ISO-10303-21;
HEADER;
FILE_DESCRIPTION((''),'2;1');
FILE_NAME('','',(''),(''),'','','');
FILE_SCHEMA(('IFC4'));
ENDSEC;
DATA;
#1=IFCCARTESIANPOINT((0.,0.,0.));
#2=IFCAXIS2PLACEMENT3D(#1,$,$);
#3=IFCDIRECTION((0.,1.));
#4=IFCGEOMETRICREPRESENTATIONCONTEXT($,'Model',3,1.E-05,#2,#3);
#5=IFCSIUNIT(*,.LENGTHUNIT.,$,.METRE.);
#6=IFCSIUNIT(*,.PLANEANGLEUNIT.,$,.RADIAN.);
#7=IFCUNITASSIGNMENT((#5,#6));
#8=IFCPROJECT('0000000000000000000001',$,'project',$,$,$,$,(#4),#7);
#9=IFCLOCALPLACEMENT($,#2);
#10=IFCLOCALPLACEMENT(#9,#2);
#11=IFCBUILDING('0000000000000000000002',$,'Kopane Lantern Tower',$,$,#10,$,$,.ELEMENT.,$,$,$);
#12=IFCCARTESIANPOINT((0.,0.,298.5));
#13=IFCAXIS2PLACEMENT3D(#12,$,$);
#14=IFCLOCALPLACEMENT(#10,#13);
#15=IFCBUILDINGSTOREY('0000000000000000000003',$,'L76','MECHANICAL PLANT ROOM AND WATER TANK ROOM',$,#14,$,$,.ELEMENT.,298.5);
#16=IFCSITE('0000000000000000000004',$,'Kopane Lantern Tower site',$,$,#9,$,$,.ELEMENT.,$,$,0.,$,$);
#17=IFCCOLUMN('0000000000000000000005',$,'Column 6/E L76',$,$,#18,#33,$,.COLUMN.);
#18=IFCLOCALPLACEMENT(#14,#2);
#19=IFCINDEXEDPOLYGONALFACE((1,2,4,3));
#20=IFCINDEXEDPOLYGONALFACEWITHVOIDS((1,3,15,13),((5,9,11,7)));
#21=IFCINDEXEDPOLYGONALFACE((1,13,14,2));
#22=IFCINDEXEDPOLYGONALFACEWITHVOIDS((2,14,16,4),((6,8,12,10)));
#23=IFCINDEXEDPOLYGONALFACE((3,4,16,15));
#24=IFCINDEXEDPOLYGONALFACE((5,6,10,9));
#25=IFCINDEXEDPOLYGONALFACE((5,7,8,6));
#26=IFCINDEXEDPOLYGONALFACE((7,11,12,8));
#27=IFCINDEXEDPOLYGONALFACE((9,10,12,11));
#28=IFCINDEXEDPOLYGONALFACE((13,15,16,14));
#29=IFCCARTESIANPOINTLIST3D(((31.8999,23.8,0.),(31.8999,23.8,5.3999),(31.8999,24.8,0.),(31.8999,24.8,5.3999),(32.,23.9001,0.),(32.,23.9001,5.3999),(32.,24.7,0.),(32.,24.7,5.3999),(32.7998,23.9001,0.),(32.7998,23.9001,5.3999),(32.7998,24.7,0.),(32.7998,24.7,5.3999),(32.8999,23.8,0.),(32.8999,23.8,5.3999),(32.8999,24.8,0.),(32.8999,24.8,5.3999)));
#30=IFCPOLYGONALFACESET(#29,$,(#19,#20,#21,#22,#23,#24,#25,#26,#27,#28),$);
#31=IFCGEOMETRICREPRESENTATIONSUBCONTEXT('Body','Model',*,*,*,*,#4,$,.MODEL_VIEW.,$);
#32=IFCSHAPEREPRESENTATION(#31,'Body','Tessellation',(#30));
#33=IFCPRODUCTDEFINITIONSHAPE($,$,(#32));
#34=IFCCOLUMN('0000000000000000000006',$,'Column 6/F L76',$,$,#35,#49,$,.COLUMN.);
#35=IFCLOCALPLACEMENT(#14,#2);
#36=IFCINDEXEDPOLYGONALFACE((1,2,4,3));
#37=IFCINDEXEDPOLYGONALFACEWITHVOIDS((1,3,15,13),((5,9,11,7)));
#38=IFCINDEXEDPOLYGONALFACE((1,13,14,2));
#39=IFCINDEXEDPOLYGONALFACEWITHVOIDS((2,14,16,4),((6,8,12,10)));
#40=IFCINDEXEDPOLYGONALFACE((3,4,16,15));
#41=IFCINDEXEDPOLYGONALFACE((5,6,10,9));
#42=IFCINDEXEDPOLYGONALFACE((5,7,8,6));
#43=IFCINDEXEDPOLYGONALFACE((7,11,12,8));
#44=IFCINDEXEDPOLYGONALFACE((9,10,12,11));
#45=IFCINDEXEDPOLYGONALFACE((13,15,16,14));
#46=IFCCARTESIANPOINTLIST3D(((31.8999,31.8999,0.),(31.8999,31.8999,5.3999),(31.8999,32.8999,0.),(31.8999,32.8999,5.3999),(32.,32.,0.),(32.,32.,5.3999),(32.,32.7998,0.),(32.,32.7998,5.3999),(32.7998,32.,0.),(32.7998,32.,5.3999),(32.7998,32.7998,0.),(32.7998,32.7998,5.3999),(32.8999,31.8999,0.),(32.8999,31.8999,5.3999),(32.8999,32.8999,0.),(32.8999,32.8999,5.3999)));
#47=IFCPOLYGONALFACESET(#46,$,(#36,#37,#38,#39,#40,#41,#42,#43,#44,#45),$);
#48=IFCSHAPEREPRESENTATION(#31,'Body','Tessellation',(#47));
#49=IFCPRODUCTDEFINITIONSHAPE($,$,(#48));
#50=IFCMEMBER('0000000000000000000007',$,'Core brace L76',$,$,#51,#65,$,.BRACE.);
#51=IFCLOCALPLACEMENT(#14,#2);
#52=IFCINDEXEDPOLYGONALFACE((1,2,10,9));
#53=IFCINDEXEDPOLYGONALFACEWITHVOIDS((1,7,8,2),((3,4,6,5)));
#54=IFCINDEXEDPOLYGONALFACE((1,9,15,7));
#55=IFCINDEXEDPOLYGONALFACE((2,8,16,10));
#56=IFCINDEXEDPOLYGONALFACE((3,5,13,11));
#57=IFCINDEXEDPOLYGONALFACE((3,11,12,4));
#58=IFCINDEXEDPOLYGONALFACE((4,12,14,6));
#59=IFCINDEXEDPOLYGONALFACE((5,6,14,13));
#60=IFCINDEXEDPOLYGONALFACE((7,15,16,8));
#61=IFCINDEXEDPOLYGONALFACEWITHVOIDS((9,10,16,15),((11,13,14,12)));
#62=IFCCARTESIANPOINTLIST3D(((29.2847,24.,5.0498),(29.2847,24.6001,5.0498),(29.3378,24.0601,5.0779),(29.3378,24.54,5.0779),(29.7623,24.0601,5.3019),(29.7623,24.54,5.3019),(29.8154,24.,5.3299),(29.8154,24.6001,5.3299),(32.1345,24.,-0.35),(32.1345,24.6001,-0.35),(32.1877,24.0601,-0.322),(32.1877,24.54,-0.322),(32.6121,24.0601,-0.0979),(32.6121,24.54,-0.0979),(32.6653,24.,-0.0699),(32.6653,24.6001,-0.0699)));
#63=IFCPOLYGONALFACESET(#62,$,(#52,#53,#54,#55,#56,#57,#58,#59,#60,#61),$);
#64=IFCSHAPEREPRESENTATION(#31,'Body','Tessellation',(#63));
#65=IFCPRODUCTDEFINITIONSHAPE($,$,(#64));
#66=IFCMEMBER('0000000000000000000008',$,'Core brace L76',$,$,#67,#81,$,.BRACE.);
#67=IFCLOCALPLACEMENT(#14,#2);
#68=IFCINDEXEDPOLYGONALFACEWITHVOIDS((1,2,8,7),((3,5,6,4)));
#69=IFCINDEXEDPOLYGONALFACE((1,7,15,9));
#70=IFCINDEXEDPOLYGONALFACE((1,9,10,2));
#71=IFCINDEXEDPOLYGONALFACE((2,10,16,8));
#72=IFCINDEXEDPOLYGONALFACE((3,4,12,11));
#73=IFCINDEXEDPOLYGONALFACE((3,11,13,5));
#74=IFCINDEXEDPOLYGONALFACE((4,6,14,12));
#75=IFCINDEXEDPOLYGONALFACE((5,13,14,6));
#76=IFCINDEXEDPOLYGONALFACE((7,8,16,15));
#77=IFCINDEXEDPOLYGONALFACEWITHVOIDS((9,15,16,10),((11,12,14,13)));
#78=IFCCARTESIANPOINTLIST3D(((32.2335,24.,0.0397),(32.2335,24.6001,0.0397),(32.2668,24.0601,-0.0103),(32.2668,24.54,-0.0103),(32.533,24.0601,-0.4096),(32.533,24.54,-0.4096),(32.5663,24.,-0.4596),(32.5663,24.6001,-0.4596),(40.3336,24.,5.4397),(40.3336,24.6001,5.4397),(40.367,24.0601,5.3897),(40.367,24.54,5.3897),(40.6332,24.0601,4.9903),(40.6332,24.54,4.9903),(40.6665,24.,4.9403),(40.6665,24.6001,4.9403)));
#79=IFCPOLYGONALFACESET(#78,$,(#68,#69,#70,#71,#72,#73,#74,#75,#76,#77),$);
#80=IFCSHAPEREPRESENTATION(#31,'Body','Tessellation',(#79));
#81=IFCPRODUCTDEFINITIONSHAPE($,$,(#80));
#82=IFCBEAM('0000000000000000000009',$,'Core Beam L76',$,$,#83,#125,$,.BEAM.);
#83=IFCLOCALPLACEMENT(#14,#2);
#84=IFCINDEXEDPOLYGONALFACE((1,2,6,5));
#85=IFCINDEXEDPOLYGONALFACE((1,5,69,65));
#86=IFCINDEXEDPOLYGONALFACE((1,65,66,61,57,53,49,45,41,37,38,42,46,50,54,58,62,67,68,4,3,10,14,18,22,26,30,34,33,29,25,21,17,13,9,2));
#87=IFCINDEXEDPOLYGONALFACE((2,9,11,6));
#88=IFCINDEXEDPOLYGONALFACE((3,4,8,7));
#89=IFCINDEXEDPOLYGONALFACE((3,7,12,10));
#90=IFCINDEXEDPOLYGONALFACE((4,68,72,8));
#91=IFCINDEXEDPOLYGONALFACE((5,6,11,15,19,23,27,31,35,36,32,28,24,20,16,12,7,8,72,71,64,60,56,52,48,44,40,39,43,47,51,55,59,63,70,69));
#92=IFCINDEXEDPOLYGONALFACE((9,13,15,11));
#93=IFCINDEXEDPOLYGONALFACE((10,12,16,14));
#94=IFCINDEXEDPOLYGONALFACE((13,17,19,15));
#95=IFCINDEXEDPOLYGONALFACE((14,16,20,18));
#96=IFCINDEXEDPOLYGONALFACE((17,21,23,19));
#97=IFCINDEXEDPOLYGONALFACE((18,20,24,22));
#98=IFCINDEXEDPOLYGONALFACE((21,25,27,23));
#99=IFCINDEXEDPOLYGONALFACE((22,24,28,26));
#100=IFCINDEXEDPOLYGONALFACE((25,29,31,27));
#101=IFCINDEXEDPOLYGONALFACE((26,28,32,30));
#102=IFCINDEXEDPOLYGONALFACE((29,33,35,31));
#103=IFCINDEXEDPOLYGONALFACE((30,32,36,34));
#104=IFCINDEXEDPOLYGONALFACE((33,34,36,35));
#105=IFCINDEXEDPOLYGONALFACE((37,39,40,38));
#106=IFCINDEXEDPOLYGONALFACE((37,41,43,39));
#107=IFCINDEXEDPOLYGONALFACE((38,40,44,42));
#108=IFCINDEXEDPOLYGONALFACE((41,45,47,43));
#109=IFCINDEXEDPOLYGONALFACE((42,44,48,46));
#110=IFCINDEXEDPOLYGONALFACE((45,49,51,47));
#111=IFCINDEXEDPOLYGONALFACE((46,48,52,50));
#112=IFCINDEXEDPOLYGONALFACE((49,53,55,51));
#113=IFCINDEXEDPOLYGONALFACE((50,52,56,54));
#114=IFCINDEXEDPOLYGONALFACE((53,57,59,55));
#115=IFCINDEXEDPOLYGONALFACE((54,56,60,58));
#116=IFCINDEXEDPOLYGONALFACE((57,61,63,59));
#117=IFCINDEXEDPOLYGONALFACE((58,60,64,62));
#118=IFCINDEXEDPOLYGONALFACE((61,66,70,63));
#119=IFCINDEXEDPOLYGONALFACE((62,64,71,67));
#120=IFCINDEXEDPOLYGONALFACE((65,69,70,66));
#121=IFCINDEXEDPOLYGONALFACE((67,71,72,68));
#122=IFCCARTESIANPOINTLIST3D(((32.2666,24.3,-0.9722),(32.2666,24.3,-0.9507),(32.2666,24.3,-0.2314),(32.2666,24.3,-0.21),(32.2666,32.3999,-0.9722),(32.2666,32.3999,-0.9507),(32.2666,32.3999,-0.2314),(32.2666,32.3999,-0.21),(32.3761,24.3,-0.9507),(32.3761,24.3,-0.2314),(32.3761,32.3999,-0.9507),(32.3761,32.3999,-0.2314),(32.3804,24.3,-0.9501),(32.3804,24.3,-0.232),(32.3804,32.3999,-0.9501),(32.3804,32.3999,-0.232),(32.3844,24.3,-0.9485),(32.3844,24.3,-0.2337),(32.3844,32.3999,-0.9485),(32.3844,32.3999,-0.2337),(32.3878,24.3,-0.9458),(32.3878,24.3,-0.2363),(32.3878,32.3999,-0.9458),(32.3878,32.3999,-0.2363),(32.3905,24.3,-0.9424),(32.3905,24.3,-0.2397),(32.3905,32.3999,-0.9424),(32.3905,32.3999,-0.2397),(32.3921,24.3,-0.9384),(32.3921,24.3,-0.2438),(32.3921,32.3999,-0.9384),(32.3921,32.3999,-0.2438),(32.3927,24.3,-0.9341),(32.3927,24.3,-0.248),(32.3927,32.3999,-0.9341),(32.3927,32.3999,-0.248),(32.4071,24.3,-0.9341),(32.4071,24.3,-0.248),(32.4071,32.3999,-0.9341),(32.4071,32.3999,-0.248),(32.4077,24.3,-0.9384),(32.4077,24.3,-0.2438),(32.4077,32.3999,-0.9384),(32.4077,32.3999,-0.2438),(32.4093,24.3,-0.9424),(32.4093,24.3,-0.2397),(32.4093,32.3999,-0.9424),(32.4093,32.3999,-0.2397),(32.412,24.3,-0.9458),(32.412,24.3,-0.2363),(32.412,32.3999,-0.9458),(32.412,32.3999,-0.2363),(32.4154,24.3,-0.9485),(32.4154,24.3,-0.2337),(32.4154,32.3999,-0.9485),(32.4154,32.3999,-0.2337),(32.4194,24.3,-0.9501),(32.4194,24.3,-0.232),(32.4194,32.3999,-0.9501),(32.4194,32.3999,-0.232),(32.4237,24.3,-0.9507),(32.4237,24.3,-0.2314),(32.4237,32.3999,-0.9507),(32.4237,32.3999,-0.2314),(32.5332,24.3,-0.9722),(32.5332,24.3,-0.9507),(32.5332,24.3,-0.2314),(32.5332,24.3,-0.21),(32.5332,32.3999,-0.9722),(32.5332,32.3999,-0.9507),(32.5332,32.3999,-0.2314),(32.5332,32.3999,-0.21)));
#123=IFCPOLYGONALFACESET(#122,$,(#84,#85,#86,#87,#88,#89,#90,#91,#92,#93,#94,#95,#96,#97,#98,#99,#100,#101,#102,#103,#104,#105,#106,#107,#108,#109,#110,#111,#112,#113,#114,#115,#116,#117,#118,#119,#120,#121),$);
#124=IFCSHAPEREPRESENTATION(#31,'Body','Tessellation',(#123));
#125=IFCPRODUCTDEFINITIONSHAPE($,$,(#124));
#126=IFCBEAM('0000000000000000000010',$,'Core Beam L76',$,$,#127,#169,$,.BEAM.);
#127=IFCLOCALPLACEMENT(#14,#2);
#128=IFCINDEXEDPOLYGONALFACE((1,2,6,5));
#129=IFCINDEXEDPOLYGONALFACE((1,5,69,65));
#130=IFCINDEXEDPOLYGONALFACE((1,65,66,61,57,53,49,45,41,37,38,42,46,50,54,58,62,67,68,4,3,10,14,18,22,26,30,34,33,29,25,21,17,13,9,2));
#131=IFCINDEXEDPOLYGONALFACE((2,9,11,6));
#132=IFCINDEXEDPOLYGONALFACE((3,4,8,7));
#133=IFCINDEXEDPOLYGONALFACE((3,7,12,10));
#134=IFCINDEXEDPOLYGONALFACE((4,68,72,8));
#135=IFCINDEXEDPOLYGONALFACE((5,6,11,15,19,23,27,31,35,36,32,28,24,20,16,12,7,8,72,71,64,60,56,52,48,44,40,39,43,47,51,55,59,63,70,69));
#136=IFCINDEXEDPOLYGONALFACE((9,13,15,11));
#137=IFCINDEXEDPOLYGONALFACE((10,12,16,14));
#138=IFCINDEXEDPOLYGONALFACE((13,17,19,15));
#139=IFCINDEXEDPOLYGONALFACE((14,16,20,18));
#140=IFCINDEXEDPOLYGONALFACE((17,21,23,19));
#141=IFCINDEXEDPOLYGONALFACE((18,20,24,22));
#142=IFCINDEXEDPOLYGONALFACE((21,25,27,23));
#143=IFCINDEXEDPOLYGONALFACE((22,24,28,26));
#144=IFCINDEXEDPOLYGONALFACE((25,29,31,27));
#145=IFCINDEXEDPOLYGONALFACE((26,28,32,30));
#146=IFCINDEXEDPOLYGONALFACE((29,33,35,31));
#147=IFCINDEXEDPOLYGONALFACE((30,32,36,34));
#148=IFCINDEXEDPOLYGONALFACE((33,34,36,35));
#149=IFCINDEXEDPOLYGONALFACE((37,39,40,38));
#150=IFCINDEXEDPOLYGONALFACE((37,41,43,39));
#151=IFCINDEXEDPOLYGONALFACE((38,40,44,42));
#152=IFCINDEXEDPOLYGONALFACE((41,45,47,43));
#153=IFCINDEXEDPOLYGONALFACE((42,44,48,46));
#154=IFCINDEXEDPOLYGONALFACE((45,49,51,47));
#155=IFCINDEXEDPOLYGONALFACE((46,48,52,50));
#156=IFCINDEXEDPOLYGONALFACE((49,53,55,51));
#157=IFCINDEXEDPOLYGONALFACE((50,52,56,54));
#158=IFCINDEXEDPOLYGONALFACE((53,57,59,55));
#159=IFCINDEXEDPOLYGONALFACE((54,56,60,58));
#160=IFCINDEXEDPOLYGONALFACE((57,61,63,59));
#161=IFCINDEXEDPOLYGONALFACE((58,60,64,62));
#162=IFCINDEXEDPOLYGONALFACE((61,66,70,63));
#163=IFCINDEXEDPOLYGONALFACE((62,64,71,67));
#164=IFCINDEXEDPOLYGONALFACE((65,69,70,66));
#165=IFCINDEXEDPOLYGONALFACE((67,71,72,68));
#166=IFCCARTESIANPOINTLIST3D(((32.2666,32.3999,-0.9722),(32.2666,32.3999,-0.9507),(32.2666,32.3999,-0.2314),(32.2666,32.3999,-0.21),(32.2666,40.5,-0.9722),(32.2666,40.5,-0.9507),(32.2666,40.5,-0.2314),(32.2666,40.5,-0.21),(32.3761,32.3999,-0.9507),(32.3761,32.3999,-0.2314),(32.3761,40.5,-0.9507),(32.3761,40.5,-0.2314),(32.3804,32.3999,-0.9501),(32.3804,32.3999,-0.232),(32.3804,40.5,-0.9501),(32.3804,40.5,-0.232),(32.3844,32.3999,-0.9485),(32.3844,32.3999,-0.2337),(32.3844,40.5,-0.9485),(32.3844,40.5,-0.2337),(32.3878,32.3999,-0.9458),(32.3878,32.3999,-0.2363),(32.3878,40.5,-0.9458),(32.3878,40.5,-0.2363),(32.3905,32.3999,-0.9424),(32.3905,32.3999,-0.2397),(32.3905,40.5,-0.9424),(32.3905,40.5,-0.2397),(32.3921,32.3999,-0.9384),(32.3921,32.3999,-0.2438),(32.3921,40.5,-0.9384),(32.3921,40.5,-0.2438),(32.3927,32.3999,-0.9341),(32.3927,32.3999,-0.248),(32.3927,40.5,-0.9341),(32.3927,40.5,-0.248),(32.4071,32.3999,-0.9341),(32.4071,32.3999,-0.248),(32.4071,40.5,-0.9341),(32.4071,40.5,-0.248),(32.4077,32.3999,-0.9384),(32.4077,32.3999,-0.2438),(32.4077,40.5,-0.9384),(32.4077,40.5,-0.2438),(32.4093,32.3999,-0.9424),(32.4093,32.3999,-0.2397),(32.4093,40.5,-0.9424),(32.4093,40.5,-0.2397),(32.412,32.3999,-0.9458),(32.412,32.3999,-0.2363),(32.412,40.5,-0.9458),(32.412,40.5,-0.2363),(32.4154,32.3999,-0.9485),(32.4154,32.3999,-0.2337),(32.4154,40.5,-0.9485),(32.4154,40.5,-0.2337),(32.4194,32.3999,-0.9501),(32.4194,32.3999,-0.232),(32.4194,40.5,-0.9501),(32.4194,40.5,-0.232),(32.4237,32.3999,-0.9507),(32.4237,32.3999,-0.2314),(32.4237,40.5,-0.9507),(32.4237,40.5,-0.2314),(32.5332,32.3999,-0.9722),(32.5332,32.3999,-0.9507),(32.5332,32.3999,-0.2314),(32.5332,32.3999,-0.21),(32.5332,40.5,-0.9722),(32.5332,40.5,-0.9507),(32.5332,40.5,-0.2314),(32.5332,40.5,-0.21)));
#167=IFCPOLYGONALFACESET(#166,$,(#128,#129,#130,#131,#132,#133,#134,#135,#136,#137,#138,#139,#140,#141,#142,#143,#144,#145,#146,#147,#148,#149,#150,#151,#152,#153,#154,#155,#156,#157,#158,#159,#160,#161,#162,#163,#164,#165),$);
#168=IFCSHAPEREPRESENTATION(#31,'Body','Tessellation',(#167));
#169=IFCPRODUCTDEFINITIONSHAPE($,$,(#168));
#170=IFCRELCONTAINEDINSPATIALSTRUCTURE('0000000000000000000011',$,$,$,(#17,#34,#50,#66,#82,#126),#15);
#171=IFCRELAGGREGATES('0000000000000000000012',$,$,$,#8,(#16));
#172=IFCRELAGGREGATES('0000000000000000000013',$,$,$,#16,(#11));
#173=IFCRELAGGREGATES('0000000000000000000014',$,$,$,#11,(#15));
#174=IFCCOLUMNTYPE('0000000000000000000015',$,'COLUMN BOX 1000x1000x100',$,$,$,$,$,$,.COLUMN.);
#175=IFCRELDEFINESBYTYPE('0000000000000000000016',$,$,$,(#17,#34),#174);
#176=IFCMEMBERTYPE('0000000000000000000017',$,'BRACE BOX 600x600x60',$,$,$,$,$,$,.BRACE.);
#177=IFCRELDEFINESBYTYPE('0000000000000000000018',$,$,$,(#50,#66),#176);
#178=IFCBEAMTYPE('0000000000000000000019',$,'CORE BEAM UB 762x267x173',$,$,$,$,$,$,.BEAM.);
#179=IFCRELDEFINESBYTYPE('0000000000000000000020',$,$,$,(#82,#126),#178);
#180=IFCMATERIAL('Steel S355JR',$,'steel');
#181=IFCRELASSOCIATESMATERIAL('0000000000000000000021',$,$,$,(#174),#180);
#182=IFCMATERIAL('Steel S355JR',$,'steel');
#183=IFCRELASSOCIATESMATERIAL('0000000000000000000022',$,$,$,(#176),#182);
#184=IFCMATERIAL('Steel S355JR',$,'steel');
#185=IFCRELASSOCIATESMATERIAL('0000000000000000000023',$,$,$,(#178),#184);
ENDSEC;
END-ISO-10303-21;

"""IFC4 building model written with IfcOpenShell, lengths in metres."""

from ifc_helpers import new_model, si_unit, direction, frame, origin, origin_2d, place, context, subcontext, project, spatial, hollow_rectangle, i_section, extrude, material, material_profile, profile_set, type_object, element, save


model = new_model("IFC4")

# Units and contexts
model_context = context("Model", 3, precision=1e-05, world=origin(), true_north=direction((0.0, 1.0)))
body_context = subcontext(model_context, "Body", "Model", "MODEL_VIEW")
ifc_project = project(units=[si_unit("LENGTHUNIT", "METRE"), si_unit("PLANEANGLEUNIT", "RADIAN")], contexts=[model_context])

# Site, building, storey
site_placement = place(None, origin())
site = spatial("IfcSite", under=ifc_project, at=site_placement, Name="Kopane Lantern Tower site", CompositionType="ELEMENT", RefElevation=0.0)
building_placement = place(site_placement, origin())
building = spatial("IfcBuilding", under=site, at=building_placement, Name="Kopane Lantern Tower", CompositionType="ELEMENT")
storey_placement = place(building_placement, frame((0.0, 0.0, 298.5)))
storey = spatial("IfcBuildingStorey", under=building, at=storey_placement, Name="L76", Description="MECHANICAL PLANT ROOM AND WATER TANK ROOM", CompositionType="ELEMENT", Elevation=298.5)

# Columns
ifc_material_1 = material(Name="Steel S355JR", Category="steel")
ifc_material_profile_1 = material_profile(ifc_material_1, hollow_rectangle(XDim=1.0, YDim=1.0, WallThickness=0.1001, at=origin_2d()), Name="BOX 1000x1000x100")
ifc_profile_set_1 = profile_set([ifc_material_profile_1], Name="Steel S355JR")
column_type = type_object("IfcColumnType", Name="COLUMN BOX 1000x1000x100", PredefinedType="COLUMN", material=ifc_profile_set_1)
for number, where, z_axis, x_axis, name in (
    (1, (32.3999, 24.3, 0.0), (0.0, 0.0, 1.0), (1.0, 0.0, 0.0), "Column 6/E L76"),
    (2, (32.3999, 32.3999, 0.0), (0.0, 0.0, 1.0), (1.0, 0.0, 0.0), "Column 6/F L76"),
):
    element("IfcColumn", number, at=place(storey_placement, frame(where, z_axis=z_axis, x_axis=x_axis)), inside=storey, type_object=column_type, Name=name, PredefinedType="COLUMN", context=body_context, shape_type="SweptSolid", body=[
        extrude(hollow_rectangle(XDim=1.0, YDim=1.0, WallThickness=0.1001, at=origin_2d()), origin(), (0.0, 0.0, 1.0), 5.3999),
    ])

# Members
ifc_material_2 = material(Name="Steel S355JR", Category="steel")
ifc_material_profile_2 = material_profile(ifc_material_2, hollow_rectangle(XDim=0.6001, YDim=0.6001, WallThickness=0.0601, at=origin_2d()), Name="BOX 600x600x60")
ifc_profile_set_2 = profile_set([ifc_material_profile_2], Name="Steel S355JR")
member_type_1 = type_object("IfcMemberType", Name="BRACE BOX 600x600x60", PredefinedType="BRACE", material=ifc_profile_set_2)
member_1_placement = place(storey_placement, frame((32.3999, 24.3, -0.21), z_axis=(-0.466746, 0.0, 0.884391), x_axis=(0.0, -1.0, 0.0)))
element("IfcMember", 3, at=member_1_placement, inside=storey, type_object=member_type_1, Name="Core brace L76", PredefinedType="BRACE", context=body_context, shape_type="SweptSolid", body=[
    extrude(hollow_rectangle(XDim=0.6001, YDim=0.6001, WallThickness=0.0601, at=origin_2d()), origin(), (0.0, 0.0, 1.0), 6.1057),
])
member_2_placement = place(storey_placement, frame((32.3999, 24.3, -0.21), z_axis=(0.832058, 0.0, 0.554689), x_axis=(0.0, 1.0, 0.0)))
element("IfcMember", 4, at=member_2_placement, inside=storey, type_object=member_type_1, Name="Core brace L76", PredefinedType="BRACE", context=body_context, shape_type="SweptSolid", body=[
    extrude(hollow_rectangle(XDim=0.6001, YDim=0.6001, WallThickness=0.0601, at=origin_2d()), origin(), (0.0, 0.0, 1.0), 9.7351),
])

# Beams
ifc_material_3 = material(Name="Steel S355JR", Category="steel")
ifc_material_profile_3 = material_profile(ifc_material_3, i_section(OverallWidth=0.2666, OverallDepth=0.7622, WebThickness=0.0144, FlangeThickness=0.0215, FilletRadius=0.0166, at=origin_2d()), Name="UB 762x267x173")
ifc_profile_set_3 = profile_set([ifc_material_profile_3], Name="Steel S355JR")
beam_type_1 = type_object("IfcBeamType", Name="CORE BEAM UB 762x267x173", PredefinedType="BEAM", material=ifc_profile_set_3)
beam_1_placement = place(storey_placement, frame((32.3999, 24.3, -0.5911), z_axis=(0.0, 1.0, 0.0), x_axis=(-1.0, 0.0, 0.0)))
element("IfcBeam", 5, at=beam_1_placement, inside=storey, type_object=beam_type_1, Name="Core Beam L76", PredefinedType="BEAM", context=body_context, shape_type="SweptSolid", body=[
    extrude(i_section(OverallWidth=0.2666, OverallDepth=0.7622, WebThickness=0.0144, FlangeThickness=0.0215, FilletRadius=0.0166, at=origin_2d()), origin(), (0.0, 0.0, 1.0), 8.0999),
])
for number, where, z_axis, x_axis, name in (
    (6, (32.3999, 32.3999, -0.5911), (0.0, 1.0, 0.0), (-1.0, 0.0, 0.0), "Core Beam L76"),
):
    element("IfcBeam", number, at=place(storey_placement, frame(where, z_axis=z_axis, x_axis=x_axis)), inside=storey, type_object=beam_type_1, Name=name, PredefinedType="BEAM", context=body_context, shape_type="SweptSolid", body=[
        extrude(i_section(OverallWidth=0.2666, OverallDepth=0.7622, WebThickness=0.0144, FlangeThickness=0.0215, FilletRadius=0.0166, at=origin_2d()), origin(), (0.0, 0.0, 1.0), 8.1001),
    ])

save(model, "model.ifc")
